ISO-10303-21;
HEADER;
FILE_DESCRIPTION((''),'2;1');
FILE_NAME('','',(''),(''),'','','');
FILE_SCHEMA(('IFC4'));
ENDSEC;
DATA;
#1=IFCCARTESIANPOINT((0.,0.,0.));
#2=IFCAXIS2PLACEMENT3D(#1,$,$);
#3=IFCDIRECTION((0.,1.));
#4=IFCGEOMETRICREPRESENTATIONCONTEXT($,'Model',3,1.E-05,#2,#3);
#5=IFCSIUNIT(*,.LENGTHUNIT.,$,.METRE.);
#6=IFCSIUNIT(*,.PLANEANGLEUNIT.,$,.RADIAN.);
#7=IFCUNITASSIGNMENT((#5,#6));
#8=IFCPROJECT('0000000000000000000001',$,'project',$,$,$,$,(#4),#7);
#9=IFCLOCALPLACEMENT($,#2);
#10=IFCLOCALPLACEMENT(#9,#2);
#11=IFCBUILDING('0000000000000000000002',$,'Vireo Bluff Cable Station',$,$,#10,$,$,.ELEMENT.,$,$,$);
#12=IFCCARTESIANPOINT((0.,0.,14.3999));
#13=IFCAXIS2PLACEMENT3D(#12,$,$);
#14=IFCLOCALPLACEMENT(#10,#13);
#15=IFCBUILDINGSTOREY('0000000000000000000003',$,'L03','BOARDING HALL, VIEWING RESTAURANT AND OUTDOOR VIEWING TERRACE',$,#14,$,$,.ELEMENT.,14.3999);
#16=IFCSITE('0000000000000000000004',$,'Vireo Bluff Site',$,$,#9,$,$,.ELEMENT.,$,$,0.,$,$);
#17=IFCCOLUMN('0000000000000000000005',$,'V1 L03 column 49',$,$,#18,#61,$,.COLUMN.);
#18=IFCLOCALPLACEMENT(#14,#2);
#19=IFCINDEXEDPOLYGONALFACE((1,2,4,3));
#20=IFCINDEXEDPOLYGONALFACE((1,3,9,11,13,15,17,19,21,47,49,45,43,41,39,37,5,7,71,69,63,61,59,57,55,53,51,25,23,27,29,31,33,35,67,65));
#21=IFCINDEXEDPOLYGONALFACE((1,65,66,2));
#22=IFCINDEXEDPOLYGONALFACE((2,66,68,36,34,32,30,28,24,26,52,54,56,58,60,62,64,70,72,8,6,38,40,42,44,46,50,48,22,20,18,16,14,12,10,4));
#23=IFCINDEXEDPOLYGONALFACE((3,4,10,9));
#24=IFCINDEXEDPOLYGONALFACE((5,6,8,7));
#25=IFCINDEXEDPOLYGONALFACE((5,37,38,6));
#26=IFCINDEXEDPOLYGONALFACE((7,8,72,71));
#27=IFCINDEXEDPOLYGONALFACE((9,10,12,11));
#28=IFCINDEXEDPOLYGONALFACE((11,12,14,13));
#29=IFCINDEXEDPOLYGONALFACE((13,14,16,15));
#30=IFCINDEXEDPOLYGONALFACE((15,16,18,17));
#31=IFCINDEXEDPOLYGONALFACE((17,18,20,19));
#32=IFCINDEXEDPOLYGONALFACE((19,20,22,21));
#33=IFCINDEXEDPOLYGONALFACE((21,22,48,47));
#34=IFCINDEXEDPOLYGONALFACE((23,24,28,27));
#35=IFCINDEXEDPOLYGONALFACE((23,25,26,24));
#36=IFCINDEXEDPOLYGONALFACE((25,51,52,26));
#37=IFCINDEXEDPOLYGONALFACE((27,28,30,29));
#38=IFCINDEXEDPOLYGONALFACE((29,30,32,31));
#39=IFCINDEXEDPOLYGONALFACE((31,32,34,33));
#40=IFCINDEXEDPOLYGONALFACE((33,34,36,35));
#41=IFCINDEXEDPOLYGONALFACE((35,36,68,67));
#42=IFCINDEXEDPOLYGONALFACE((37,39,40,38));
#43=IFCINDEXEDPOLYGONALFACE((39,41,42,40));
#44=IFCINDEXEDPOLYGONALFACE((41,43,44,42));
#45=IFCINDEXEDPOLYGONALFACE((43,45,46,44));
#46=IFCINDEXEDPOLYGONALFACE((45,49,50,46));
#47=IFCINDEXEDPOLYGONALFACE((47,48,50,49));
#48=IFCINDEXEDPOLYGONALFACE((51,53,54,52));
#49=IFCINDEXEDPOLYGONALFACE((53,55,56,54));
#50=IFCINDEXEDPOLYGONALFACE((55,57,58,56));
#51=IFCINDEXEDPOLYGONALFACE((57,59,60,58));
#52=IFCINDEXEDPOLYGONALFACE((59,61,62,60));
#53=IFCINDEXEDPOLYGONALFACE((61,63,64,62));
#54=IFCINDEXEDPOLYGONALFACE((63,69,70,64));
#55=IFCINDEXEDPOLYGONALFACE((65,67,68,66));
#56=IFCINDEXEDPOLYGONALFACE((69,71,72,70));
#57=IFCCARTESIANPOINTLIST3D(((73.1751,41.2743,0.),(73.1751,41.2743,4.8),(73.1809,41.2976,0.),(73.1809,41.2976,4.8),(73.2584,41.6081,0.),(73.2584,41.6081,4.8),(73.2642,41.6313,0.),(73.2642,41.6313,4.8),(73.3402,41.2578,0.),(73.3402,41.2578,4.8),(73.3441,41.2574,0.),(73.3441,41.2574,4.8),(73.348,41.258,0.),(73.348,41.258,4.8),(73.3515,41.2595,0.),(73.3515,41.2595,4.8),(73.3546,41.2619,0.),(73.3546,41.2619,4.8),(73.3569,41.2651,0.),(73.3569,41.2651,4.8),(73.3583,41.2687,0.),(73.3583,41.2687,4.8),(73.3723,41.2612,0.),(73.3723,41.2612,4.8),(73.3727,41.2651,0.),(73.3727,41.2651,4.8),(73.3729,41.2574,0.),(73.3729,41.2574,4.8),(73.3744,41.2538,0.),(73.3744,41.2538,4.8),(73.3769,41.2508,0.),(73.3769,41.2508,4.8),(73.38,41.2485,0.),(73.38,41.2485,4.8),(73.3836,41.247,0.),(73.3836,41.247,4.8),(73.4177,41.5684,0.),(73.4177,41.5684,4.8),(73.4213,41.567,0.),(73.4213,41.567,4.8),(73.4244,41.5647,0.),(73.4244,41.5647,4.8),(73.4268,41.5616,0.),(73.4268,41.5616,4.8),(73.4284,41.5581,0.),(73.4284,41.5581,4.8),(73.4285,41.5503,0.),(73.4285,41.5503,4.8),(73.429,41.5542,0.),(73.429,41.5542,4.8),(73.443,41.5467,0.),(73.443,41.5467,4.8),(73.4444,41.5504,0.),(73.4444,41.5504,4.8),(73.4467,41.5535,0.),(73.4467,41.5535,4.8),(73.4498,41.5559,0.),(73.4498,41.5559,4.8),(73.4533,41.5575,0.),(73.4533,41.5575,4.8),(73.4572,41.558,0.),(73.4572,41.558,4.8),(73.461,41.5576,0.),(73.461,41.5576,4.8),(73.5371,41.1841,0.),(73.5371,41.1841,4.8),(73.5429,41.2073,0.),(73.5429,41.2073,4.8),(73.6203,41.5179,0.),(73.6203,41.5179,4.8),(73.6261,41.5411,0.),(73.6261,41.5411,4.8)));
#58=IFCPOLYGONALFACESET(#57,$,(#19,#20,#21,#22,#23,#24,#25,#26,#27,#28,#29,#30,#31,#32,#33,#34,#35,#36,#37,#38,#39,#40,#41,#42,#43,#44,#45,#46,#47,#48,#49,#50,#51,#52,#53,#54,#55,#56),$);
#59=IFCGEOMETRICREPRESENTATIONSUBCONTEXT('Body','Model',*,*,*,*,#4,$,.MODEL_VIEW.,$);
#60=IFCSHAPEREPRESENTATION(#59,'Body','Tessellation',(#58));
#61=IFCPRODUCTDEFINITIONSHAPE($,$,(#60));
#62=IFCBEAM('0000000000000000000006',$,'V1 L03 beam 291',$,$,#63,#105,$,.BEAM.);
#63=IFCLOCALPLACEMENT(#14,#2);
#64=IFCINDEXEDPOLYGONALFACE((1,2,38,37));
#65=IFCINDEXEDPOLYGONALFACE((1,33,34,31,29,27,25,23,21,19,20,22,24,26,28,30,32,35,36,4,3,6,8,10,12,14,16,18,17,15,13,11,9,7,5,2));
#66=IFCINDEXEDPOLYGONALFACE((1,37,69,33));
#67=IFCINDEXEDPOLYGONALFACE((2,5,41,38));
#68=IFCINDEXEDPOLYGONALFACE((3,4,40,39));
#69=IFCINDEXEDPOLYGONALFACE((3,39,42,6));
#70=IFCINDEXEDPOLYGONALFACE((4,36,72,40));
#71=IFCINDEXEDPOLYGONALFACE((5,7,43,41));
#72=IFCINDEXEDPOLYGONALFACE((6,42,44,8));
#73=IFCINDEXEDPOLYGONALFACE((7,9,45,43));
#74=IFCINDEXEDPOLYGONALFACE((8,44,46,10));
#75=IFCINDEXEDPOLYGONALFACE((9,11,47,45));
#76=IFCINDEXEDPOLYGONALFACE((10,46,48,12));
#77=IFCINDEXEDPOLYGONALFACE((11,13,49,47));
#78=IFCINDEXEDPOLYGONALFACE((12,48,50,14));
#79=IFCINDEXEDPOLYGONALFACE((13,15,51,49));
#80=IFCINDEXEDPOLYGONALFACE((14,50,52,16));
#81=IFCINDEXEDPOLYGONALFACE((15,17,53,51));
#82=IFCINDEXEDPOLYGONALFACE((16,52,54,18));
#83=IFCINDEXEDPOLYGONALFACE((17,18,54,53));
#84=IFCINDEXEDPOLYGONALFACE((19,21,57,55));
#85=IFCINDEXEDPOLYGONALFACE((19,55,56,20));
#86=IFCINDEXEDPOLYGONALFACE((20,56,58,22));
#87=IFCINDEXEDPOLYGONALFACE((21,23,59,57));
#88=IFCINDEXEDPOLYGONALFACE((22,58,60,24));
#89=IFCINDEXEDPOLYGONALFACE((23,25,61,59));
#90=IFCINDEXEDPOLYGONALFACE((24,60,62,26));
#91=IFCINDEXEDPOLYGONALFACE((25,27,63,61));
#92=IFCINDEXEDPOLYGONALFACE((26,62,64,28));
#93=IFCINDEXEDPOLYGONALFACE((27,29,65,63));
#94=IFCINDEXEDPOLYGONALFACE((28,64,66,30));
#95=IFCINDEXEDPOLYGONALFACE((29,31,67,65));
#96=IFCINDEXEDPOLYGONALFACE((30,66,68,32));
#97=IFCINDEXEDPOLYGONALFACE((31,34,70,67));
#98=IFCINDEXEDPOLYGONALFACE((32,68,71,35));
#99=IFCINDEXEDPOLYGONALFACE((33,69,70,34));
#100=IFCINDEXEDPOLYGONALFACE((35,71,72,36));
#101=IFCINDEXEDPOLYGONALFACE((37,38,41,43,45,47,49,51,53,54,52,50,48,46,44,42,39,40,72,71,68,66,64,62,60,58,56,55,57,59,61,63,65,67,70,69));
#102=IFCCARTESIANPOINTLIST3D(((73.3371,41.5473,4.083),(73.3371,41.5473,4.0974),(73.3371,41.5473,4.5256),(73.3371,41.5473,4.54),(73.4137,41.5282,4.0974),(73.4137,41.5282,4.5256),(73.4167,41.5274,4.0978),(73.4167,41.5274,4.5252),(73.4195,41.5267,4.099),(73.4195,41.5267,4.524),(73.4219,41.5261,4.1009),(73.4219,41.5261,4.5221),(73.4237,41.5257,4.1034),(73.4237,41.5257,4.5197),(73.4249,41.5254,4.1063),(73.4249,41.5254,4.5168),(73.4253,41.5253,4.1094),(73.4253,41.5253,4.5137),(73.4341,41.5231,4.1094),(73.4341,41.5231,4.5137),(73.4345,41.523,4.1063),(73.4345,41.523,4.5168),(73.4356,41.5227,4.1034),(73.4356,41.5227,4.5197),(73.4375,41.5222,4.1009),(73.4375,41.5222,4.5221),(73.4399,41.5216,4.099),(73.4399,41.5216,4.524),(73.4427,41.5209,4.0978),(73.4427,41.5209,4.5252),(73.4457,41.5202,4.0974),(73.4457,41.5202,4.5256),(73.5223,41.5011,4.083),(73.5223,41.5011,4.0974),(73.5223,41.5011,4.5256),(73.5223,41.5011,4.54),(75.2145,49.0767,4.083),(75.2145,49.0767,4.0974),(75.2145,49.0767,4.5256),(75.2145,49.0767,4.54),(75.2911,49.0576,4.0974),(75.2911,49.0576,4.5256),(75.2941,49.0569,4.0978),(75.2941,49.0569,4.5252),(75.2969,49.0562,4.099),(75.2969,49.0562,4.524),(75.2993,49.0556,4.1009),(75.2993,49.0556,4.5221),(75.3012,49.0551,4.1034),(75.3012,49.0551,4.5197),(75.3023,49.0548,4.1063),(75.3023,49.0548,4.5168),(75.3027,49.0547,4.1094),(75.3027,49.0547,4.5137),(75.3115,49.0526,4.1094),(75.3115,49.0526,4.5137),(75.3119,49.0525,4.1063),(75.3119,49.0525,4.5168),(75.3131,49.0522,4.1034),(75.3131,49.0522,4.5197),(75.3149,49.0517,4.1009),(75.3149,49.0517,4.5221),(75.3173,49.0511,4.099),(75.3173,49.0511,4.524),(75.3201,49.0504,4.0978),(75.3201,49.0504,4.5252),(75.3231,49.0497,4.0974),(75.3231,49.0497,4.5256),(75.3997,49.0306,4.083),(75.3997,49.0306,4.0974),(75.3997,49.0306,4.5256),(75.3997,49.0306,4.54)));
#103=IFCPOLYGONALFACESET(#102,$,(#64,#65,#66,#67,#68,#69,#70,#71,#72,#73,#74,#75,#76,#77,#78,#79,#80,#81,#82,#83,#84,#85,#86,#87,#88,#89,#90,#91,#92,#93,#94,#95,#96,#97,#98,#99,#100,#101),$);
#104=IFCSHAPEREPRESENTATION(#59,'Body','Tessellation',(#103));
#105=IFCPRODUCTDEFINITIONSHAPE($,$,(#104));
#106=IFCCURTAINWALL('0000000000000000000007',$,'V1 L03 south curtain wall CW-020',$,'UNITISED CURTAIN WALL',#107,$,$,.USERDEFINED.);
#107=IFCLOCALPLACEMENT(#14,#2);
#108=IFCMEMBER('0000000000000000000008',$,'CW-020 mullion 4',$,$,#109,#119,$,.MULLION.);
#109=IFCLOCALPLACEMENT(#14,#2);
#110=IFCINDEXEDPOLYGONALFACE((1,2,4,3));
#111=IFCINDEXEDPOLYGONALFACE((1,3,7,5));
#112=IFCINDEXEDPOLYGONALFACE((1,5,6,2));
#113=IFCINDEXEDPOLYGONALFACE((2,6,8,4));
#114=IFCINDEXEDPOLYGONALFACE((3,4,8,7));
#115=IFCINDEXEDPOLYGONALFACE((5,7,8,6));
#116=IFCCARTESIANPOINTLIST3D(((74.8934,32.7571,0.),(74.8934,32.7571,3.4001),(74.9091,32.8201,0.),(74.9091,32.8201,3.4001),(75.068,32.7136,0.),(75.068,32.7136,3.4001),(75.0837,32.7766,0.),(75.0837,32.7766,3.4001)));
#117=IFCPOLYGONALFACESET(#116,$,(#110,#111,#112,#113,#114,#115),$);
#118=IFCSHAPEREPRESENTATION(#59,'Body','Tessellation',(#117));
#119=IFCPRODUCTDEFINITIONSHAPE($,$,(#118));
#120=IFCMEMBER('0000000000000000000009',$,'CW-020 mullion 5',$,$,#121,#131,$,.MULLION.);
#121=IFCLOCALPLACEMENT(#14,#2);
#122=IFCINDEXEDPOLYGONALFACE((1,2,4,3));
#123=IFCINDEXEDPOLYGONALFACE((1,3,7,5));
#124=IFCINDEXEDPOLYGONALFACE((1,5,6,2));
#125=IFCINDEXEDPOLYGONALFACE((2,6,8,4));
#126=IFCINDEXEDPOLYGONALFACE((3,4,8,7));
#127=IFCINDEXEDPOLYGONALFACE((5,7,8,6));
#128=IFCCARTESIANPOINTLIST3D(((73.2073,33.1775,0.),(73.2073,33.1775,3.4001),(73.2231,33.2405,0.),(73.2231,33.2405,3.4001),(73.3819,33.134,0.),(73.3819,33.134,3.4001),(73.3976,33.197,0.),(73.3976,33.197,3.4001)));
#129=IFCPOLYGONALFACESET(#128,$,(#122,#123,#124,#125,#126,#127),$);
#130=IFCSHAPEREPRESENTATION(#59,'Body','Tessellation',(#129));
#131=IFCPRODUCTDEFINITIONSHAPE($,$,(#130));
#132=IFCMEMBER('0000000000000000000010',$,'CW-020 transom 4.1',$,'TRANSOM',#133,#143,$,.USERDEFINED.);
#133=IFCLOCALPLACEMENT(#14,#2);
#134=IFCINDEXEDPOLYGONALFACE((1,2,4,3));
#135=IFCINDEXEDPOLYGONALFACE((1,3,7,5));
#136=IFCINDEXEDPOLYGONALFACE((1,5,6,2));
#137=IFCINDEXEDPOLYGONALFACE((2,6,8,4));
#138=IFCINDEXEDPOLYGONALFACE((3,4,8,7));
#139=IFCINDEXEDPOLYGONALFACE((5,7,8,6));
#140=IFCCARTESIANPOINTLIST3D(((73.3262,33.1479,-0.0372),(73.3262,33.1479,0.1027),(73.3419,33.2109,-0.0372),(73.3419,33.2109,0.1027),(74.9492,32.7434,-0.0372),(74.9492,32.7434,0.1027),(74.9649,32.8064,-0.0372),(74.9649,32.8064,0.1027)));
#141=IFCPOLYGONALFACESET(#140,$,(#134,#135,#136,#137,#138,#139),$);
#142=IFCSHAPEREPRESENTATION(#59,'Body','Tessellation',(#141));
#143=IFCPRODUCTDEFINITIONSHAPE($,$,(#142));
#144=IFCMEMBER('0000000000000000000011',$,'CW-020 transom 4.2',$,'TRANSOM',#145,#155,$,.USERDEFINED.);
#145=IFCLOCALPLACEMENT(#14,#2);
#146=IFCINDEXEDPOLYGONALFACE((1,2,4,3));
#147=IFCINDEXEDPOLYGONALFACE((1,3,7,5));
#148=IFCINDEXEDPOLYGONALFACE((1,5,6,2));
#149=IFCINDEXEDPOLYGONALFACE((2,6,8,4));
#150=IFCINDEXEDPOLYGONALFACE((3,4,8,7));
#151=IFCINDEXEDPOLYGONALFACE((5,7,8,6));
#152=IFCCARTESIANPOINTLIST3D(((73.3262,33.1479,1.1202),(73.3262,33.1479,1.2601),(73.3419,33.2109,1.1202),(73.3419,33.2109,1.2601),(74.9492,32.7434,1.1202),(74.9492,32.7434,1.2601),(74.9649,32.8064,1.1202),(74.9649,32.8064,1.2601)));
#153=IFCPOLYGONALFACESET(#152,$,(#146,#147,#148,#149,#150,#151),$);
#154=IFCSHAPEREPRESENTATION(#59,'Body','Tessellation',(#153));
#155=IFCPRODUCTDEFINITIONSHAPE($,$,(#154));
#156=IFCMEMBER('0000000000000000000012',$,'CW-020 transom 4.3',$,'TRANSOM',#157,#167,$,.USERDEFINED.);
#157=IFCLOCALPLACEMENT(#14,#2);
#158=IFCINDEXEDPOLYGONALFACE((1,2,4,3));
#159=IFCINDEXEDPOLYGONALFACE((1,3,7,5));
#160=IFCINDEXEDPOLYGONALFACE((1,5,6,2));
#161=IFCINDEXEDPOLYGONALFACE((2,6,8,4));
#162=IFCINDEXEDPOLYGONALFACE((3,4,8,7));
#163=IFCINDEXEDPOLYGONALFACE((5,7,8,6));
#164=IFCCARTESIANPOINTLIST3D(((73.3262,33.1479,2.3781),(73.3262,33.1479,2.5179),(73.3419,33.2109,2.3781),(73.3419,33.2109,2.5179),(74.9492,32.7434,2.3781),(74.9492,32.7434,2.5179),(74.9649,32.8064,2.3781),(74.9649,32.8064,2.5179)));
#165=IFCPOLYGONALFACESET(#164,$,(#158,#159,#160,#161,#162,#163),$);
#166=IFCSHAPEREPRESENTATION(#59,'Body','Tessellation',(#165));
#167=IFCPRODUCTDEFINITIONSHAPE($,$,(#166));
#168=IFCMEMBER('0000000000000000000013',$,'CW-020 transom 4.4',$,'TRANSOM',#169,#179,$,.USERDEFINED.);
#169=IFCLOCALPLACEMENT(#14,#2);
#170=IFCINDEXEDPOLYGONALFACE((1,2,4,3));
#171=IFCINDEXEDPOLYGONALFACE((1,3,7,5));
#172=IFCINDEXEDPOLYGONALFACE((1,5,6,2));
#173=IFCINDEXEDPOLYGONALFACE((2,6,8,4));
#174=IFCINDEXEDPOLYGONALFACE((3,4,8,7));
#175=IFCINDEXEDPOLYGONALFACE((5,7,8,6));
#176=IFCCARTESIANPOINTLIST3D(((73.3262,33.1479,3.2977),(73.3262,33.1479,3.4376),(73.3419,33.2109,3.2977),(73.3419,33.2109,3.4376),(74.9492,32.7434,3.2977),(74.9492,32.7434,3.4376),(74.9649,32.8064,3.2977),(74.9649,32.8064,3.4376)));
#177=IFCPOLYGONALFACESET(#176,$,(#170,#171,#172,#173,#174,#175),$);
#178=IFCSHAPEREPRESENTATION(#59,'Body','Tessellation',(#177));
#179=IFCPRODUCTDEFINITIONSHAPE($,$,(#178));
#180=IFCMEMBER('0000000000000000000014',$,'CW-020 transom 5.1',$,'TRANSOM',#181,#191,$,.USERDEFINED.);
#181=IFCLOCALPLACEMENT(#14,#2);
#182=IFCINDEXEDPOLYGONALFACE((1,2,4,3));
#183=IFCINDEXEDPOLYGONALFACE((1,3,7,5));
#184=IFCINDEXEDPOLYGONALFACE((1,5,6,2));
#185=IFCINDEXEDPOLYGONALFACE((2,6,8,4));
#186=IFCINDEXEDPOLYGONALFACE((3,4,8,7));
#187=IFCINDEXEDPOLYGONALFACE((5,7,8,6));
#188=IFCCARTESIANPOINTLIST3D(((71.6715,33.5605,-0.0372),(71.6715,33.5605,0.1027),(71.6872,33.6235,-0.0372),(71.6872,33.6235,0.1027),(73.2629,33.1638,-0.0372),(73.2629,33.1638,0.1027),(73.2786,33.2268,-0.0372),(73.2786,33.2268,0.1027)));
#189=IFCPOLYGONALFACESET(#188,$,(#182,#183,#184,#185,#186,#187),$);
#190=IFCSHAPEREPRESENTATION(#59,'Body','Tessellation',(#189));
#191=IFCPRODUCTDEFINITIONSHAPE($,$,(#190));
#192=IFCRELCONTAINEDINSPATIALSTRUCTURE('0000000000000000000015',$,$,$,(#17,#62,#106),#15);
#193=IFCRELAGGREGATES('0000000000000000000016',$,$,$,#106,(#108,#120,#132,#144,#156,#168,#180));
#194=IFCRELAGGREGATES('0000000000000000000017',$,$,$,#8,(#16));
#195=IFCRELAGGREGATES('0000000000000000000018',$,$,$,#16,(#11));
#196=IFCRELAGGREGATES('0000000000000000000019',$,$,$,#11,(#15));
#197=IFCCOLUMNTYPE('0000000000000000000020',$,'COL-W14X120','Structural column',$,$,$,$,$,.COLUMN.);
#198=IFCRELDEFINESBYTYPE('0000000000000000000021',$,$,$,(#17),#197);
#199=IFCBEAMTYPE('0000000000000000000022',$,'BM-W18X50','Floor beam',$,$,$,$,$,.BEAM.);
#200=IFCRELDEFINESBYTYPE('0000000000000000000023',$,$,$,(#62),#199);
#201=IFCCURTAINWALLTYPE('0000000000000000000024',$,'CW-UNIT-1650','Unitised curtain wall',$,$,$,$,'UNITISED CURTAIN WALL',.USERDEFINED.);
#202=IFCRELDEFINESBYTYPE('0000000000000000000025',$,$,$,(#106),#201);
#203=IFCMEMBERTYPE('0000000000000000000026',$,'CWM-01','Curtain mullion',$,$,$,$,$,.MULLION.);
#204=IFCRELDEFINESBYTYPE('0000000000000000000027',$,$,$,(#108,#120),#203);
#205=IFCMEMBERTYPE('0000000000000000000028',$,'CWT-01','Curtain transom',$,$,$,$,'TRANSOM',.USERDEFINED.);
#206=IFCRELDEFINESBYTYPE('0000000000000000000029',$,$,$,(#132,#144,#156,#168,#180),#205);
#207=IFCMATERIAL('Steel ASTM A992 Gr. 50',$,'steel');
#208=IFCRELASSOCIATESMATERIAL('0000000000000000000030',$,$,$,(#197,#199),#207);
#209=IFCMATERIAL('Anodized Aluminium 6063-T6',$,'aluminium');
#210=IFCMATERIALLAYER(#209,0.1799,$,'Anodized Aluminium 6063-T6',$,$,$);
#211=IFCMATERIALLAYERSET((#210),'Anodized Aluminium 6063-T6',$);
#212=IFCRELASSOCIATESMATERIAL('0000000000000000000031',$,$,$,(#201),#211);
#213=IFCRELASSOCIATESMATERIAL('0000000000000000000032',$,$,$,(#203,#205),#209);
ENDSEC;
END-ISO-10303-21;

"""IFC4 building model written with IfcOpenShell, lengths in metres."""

from ifc_helpers import new_model, si_unit, direction, frame, origin, origin_2d, place, context, subcontext, project, spatial, rectangle, i_section, extrude, material, layer, layer_set, material_profile, profile_set, type_object, element, aggregate, save


model = new_model("IFC4")

# Units and contexts
model_context = context("Model", 3, precision=1e-05, world=origin(), true_north=direction((0.0, 1.0)))
body_context = subcontext(model_context, "Body", "Model", "MODEL_VIEW")
ifc_project = project(units=[si_unit("LENGTHUNIT", "METRE"), si_unit("PLANEANGLEUNIT", "RADIAN")], contexts=[model_context])

# Site, building, storey
site_placement = place(None, origin())
site = spatial("IfcSite", under=ifc_project, at=site_placement, Name="Vireo Bluff Site", CompositionType="ELEMENT", RefElevation=0.0)
building_placement = place(site_placement, origin())
building = spatial("IfcBuilding", under=site, at=building_placement, Name="Vireo Bluff Cable Station", CompositionType="ELEMENT")
storey_placement = place(building_placement, frame((0.0, 0.0, 14.3999)))
storey = spatial("IfcBuildingStorey", under=building, at=storey_placement, Name="L03", Description="BOARDING HALL, VIEWING RESTAURANT AND OUTDOOR VIEWING TERRACE", CompositionType="ELEMENT", Elevation=14.3999)

# Column
ifc_material_1 = material(Name="Steel ASTM A992 Gr. 50", Category="steel")
ifc_material_profile_1 = material_profile(ifc_material_1, i_section(OverallWidth=0.373, OverallDepth=0.3679, WebThickness=0.0149, FlangeThickness=0.0239, FilletRadius=0.0149, at=origin_2d()), Name="W14X120")
ifc_profile_set_1 = profile_set([ifc_material_profile_1], Name="Steel ASTM A992 Gr. 50")
column_type = type_object("IfcColumnType", Name="COL-W14X120", Description="Structural column", PredefinedType="COLUMN", material=ifc_profile_set_1)
column_placement = place(storey_placement, frame((73.4006, 41.4077, 0.0), z_axis=(0.0, 0.0, 1.0), x_axis=(0.970296, -0.241922, 0.0)))
element("IfcColumn", 1, at=column_placement, inside=storey, type_object=column_type, Name="V1 L03 column 49", PredefinedType="COLUMN", context=body_context, shape_type="SweptSolid", body=[
    extrude(i_section(OverallWidth=0.373, OverallDepth=0.3679, WebThickness=0.0149, FlangeThickness=0.0239, FilletRadius=0.0149, at=origin_2d()), origin(), (0.0, 0.0, 1.0), 4.8),
])

# Beam
ifc_material_profile_2 = material_profile(ifc_material_1, i_section(OverallWidth=0.1909, OverallDepth=0.457, WebThickness=0.009, FlangeThickness=0.0144, FilletRadius=0.012, at=origin_2d()), Name="W18X50")
ifc_profile_set_2 = profile_set([ifc_material_profile_2], Name="Steel ASTM A992 Gr. 50")
beam_type_1 = type_object("IfcBeamType", Name="BM-W18X50", Description="Floor beam", PredefinedType="BEAM", material=ifc_profile_set_2)
beam_1_placement = place(storey_placement, frame((73.4297, 41.5242, 4.3115), z_axis=(0.241936, 0.970292, 0.0), x_axis=(-0.970292, 0.241936, 0.0)))
element("IfcBeam", 2, at=beam_1_placement, inside=storey, type_object=beam_type_1, Name="V1 L03 beam 291", PredefinedType="BEAM", context=body_context, shape_type="SweptSolid", body=[
    extrude(i_section(OverallWidth=0.1909, OverallDepth=0.457, WebThickness=0.009, FlangeThickness=0.0144, FilletRadius=0.012, at=origin_2d()), origin(), (0.0, 0.0, 1.0), 7.76),
])

# Curtain wall, members
ifc_material_2 = material(Name="Anodized Aluminium 6063-T6", Category="aluminium")
ifc_layer_1 = layer(ifc_material_2, 0.1799, Name="Anodized Aluminium 6063-T6")
ifc_layer_set_1 = layer_set([ifc_layer_1], Name="Anodized Aluminium 6063-T6")
curtain_wall_type = type_object("IfcCurtainWallType", Name="CW-UNIT-1650", Description="Unitised curtain wall", ElementType="UNITISED CURTAIN WALL", PredefinedType="USERDEFINED", material=ifc_layer_set_1)
curtain_wall_placement = place(storey_placement, origin())
curtain_wall = element("IfcCurtainWall", 3, at=curtain_wall_placement, inside=storey, type_object=curtain_wall_type, Name="V1 L03 south curtain wall CW-020", ObjectType="UNITISED CURTAIN WALL", PredefinedType="USERDEFINED")
ifc_material_profile_3 = material_profile(ifc_material_2, rectangle(XDim=0.0649, YDim=0.1799, at=origin_2d()), Name="ALU-M-65X180")
ifc_profile_set_3 = profile_set([ifc_material_profile_3], Name="Anodized Aluminium 6063-T6")
member_type_1 = type_object("IfcMemberType", Name="CWM-01", Description="Curtain mullion", PredefinedType="MULLION", material=ifc_profile_set_3)
member_1_placement = place(storey_placement, frame((74.9885, 32.7668, 0.0), z_axis=(0.0, 0.0, 1.0), x_axis=(-0.241922, -0.970296, 0.0)))
member_1 = element("IfcMember", 4, at=member_1_placement, type_object=member_type_1, Name="CW-020 mullion 4", PredefinedType="MULLION", context=body_context, shape_type="SweptSolid", body=[
    extrude(rectangle(XDim=0.0649, YDim=0.1799, at=origin_2d()), origin(), (0.0, 0.0, 1.0), 3.4001),
])
member_2_placement = place(storey_placement, frame((73.3025, 33.1873, 0.0), z_axis=(0.0, 0.0, 1.0), x_axis=(-0.241922, -0.970296, 0.0)))
member_2 = element("IfcMember", 5, at=member_2_placement, type_object=member_type_1, Name="CW-020 mullion 5", PredefinedType="MULLION", context=body_context, shape_type="SweptSolid", body=[
    extrude(rectangle(XDim=0.0649, YDim=0.1799, at=origin_2d()), origin(), (0.0, 0.0, 1.0), 3.4001),
])
ifc_material_profile_4 = material_profile(ifc_material_2, rectangle(XDim=0.0649, YDim=0.1399, at=origin_2d()), Name="ALU-T-65X140")
ifc_profile_set_4 = profile_set([ifc_material_profile_4], Name="Anodized Aluminium 6063-T6")
member_type_2 = type_object("IfcMemberType", Name="CWT-01", Description="Curtain transom", ElementType="TRANSOM", PredefinedType="USERDEFINED", material=ifc_profile_set_4)
member_3_placement = place(storey_placement, frame((74.957, 32.7749, 0.0327), z_axis=(-0.970314, 0.241849, 0.0), x_axis=(-0.241849, -0.970314, 0.0)))
member_3 = element("IfcMember", 6, at=member_3_placement, type_object=member_type_2, Name="CW-020 transom 4.1", ObjectType="TRANSOM", PredefinedType="USERDEFINED", context=body_context, shape_type="SweptSolid", body=[
    extrude(rectangle(XDim=0.0649, YDim=0.1399, at=origin_2d()), origin(), (0.0, 0.0, 1.0), 1.6726),
])
member_4_placement = place(storey_placement, frame((74.957, 32.7749, 1.1902), z_axis=(-0.970314, 0.241849, 0.0), x_axis=(-0.241849, -0.970314, 0.0)))
member_4 = element("IfcMember", 7, at=member_4_placement, type_object=member_type_2, Name="CW-020 transom 4.2", ObjectType="TRANSOM", PredefinedType="USERDEFINED", context=body_context, shape_type="SweptSolid", body=[
    extrude(rectangle(XDim=0.0649, YDim=0.1399, at=origin_2d()), origin(), (0.0, 0.0, 1.0), 1.6726),
])
member_5_placement = place(storey_placement, frame((74.957, 32.7749, 2.448), z_axis=(-0.970314, 0.241849, 0.0), x_axis=(-0.241849, -0.970314, 0.0)))
member_5 = element("IfcMember", 8, at=member_5_placement, type_object=member_type_2, Name="CW-020 transom 4.3", ObjectType="TRANSOM", PredefinedType="USERDEFINED", context=body_context, shape_type="SweptSolid", body=[
    extrude(rectangle(XDim=0.0649, YDim=0.1399, at=origin_2d()), origin(), (0.0, 0.0, 1.0), 1.6726),
])
member_6_placement = place(storey_placement, frame((74.957, 32.7749, 3.3677), z_axis=(-0.970314, 0.241849, 0.0), x_axis=(-0.241849, -0.970314, 0.0)))
member_6 = element("IfcMember", 9, at=member_6_placement, type_object=member_type_2, Name="CW-020 transom 4.4", ObjectType="TRANSOM", PredefinedType="USERDEFINED", context=body_context, shape_type="SweptSolid", body=[
    extrude(rectangle(XDim=0.0649, YDim=0.1399, at=origin_2d()), origin(), (0.0, 0.0, 1.0), 1.6726),
])
member_7_placement = place(storey_placement, frame((73.2708, 33.1953, 0.0327), z_axis=(-0.970309, 0.24187, 0.0), x_axis=(-0.24187, -0.970309, 0.0)))
member_7 = element("IfcMember", 10, at=member_7_placement, type_object=member_type_2, Name="CW-020 transom 5.1", ObjectType="TRANSOM", PredefinedType="USERDEFINED", context=body_context, shape_type="SweptSolid", body=[
    extrude(rectangle(XDim=0.0649, YDim=0.1399, at=origin_2d()), origin(), (0.0, 0.0, 1.0), 1.6401),
])

aggregate(curtain_wall, [member_1, member_2, member_3, member_4, member_5, member_6, member_7])

save(model, "model.ifc")
